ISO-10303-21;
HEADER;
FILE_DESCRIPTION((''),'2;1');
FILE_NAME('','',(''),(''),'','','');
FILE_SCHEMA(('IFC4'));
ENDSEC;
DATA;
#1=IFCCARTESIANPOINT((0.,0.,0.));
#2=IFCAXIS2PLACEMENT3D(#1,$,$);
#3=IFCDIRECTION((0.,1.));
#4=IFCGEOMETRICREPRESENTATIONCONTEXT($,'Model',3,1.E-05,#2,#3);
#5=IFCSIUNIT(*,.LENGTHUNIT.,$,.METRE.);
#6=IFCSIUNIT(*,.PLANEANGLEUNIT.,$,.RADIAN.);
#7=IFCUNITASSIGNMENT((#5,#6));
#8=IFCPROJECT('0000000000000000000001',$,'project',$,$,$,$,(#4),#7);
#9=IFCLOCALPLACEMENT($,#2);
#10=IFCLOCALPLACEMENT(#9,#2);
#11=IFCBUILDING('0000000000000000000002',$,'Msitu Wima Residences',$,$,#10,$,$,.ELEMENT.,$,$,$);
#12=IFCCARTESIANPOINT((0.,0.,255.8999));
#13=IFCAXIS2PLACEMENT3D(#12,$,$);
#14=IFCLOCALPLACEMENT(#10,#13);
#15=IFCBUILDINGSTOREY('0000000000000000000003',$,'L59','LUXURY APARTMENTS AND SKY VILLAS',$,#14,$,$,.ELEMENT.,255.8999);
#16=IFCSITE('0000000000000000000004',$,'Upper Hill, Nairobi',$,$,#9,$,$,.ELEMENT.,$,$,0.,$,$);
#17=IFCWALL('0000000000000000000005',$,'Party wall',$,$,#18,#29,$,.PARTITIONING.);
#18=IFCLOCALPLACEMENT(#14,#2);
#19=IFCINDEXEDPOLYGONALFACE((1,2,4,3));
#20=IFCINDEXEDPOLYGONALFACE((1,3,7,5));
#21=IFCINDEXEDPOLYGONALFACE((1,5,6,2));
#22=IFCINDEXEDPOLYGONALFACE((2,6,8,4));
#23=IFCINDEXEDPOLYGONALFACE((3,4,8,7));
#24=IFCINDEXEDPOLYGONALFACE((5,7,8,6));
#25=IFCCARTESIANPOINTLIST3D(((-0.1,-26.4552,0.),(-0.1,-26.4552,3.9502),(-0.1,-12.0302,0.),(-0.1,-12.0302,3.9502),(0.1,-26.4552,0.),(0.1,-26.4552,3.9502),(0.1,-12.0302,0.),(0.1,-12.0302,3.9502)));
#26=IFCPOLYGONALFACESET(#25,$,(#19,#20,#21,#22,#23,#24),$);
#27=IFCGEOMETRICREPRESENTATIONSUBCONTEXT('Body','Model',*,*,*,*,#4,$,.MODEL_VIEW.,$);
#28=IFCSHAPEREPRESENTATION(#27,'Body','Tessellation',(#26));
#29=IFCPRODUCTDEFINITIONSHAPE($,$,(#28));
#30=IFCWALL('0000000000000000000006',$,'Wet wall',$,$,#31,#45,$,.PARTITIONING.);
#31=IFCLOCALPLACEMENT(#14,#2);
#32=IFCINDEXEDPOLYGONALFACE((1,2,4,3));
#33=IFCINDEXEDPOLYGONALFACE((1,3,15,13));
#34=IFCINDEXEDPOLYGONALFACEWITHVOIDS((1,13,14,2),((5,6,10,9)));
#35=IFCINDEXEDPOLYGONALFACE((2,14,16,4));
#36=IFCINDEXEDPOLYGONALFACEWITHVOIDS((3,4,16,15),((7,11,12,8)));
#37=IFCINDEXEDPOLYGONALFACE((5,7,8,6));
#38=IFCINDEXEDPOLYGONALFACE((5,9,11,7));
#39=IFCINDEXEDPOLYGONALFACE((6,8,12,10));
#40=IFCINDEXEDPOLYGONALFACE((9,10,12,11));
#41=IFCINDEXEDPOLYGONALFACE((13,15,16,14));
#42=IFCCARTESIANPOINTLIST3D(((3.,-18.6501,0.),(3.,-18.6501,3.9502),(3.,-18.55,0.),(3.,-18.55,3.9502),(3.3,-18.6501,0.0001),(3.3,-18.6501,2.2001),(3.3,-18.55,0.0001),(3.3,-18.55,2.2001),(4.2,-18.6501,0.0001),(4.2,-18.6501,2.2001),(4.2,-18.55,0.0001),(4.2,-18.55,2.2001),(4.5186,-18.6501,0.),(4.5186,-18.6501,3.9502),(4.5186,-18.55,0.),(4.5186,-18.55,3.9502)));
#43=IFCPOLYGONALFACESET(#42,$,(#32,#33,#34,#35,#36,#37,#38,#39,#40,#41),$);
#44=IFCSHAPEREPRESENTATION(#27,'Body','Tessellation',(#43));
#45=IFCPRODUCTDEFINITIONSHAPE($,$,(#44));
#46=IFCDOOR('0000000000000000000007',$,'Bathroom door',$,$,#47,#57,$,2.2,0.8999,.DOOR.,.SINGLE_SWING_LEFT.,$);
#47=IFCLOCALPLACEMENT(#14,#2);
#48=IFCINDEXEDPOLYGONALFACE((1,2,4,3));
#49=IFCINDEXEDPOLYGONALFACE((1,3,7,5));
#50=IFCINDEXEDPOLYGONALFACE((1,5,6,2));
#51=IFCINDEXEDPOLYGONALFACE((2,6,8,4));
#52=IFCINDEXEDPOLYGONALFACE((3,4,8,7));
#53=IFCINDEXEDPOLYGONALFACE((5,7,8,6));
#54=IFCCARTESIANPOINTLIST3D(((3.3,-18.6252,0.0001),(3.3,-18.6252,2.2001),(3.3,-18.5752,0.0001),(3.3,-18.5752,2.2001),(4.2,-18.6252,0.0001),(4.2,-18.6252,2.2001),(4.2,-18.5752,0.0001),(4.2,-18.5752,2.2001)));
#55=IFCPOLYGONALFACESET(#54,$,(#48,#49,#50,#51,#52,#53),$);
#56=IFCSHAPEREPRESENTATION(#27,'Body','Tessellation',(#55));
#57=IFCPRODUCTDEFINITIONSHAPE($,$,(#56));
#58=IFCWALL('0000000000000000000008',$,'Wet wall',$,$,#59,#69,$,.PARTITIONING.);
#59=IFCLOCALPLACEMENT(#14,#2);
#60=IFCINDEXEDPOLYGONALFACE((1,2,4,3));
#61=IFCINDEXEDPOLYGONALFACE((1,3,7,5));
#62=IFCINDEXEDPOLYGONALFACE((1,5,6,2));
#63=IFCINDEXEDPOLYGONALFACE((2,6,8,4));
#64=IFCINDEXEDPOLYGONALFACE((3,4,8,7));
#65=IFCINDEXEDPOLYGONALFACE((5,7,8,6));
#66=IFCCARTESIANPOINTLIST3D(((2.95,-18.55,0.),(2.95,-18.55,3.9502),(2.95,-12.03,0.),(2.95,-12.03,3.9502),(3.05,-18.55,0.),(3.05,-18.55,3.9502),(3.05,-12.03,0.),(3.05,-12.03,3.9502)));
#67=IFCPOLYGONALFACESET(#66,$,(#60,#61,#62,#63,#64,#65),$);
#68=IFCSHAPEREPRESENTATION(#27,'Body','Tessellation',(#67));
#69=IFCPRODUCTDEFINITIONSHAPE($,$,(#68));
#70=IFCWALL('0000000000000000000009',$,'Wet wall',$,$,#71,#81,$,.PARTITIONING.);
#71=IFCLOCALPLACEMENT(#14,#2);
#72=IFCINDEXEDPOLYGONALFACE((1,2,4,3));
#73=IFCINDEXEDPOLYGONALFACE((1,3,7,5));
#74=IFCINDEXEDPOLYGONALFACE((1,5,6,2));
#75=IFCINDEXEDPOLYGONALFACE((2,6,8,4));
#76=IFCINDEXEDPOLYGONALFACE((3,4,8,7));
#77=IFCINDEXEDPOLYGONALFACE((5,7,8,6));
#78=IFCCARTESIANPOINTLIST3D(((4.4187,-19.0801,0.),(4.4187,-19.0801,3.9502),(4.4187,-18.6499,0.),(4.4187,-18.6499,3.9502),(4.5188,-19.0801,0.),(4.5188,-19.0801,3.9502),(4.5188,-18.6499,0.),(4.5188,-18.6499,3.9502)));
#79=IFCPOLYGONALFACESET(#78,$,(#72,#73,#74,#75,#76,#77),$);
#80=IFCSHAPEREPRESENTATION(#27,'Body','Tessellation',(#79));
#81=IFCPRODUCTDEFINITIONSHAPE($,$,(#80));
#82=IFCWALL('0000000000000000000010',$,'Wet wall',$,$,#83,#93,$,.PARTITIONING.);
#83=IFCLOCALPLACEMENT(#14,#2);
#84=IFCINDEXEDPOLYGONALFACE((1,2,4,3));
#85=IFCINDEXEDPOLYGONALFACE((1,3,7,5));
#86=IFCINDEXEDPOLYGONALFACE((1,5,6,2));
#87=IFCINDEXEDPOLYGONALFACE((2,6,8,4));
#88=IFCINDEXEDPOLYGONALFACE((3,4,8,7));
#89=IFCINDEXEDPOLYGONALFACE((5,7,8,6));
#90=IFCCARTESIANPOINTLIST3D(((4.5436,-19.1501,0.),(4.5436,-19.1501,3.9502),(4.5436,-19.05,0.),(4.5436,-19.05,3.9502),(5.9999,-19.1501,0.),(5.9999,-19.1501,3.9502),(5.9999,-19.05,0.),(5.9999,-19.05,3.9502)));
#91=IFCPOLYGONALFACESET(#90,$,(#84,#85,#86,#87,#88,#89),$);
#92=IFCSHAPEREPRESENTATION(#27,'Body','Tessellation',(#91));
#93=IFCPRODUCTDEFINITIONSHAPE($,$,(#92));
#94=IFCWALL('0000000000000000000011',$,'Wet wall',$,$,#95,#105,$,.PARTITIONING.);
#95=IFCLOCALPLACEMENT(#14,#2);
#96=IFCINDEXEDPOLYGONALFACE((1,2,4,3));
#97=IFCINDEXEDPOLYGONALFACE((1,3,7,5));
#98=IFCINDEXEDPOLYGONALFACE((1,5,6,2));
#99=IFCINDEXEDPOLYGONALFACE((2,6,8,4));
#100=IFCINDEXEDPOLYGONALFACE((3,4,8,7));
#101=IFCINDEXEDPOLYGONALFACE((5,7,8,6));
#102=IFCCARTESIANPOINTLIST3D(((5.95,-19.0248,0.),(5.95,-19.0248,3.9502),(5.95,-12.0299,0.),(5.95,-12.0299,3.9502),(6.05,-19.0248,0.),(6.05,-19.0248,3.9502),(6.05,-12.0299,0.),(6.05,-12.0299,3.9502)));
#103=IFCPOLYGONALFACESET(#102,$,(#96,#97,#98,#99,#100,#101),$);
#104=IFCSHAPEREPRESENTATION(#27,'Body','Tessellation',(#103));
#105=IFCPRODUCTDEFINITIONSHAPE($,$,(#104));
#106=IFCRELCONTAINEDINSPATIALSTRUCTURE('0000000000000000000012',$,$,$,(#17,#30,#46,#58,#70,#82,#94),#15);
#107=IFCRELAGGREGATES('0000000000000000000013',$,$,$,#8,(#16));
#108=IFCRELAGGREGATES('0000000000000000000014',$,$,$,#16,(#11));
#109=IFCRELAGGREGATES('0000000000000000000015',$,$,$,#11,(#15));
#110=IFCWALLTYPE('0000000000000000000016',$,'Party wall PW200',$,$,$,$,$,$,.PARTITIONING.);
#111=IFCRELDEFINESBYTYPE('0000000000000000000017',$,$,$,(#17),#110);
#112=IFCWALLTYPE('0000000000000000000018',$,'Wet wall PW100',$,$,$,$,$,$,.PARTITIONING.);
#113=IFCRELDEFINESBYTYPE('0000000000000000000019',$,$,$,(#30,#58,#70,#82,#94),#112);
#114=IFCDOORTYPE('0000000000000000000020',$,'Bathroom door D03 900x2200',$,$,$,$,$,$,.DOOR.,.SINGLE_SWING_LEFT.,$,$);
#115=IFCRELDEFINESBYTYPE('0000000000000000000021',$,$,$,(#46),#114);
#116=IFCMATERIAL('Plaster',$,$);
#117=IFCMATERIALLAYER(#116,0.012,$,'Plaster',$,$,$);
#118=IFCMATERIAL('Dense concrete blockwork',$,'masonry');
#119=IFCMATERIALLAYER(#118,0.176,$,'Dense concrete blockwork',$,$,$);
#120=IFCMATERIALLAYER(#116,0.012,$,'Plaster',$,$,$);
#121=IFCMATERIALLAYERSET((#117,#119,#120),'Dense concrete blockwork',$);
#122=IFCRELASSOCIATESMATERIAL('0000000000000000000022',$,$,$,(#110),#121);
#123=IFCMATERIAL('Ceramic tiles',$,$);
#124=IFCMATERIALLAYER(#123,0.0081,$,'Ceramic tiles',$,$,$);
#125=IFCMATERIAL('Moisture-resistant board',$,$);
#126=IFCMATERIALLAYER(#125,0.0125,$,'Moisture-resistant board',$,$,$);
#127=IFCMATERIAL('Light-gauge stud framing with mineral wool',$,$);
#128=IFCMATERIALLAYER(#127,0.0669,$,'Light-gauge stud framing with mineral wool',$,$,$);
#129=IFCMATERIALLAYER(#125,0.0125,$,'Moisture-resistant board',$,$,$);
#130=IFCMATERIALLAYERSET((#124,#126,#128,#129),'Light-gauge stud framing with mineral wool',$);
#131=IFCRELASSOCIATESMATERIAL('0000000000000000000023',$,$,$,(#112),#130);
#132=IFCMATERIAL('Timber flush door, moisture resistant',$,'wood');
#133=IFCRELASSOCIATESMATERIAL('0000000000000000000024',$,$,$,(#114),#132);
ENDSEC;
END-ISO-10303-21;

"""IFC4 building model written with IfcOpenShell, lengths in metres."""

from ifc_helpers import new_model, si_unit, direction, frame, frame_2d, origin, place, context, subcontext, project, spatial, rectangle, extrude, material, layer, layer_set, type_object, element, fill, save


model = new_model("IFC4")

# Units and contexts
model_context = context("Model", 3, precision=1e-05, world=origin(), true_north=direction((0.0, 1.0)))
body_context = subcontext(model_context, "Body", "Model", "MODEL_VIEW")
ifc_project = project(units=[si_unit("LENGTHUNIT", "METRE"), si_unit("PLANEANGLEUNIT", "RADIAN")], contexts=[model_context])

# Site, building, storey
site_placement = place(None, origin())
site = spatial("IfcSite", under=ifc_project, at=site_placement, Name="Upper Hill, Nairobi", CompositionType="ELEMENT", RefElevation=0.0)
building_placement = place(site_placement, origin())
building = spatial("IfcBuilding", under=site, at=building_placement, Name="Msitu Wima Residences", CompositionType="ELEMENT")
storey_placement = place(building_placement, frame((0.0, 0.0, 255.8999)))
storey = spatial("IfcBuildingStorey", under=building, at=storey_placement, Name="L59", Description="LUXURY APARTMENTS AND SKY VILLAS", CompositionType="ELEMENT", Elevation=255.8999)

# Shared definitions
ifc_material_1 = material(Name="Plaster")

# Wall
ifc_layer_1 = layer(ifc_material_1, 0.012, Name="Plaster")
ifc_material_2 = material(Name="Dense concrete blockwork", Category="masonry")
ifc_layer_2 = layer(ifc_material_2, 0.176, Name="Dense concrete blockwork")
ifc_layer_3 = layer(ifc_material_1, 0.012, Name="Plaster")
ifc_layer_set_1 = layer_set([ifc_layer_1, ifc_layer_2, ifc_layer_3], Name="Dense concrete blockwork")
wall_type_1 = type_object("IfcWallType", Name="Party wall PW200", PredefinedType="PARTITIONING", material=ifc_layer_set_1)
wall_1_placement = place(storey_placement, frame((0.0, -26.4551, 0.0), z_axis=(0.0, 0.0, 1.0), x_axis=(0.0, 1.0, 0.0)))
element("IfcWall", 1, at=wall_1_placement, inside=storey, type_object=wall_type_1, Name="Party wall", PredefinedType="PARTITIONING", context=body_context, shape_type="SweptSolid", body=[
    extrude(rectangle(XDim=14.425, YDim=0.2, at=frame_2d((7.2124, 0.0))), origin(), (0.0, 0.0, 1.0), 3.9502),
])

# Wall, opening, door
ifc_material_3 = material(Name="Ceramic tiles")
ifc_layer_4 = layer(ifc_material_3, 0.0081, Name="Ceramic tiles")
ifc_material_4 = material(Name="Moisture-resistant board")
ifc_layer_5 = layer(ifc_material_4, 0.0125, Name="Moisture-resistant board")
ifc_material_5 = material(Name="Light-gauge stud framing with mineral wool")
ifc_layer_6 = layer(ifc_material_5, 0.0669, Name="Light-gauge stud framing with mineral wool")
ifc_layer_7 = layer(ifc_material_4, 0.0125, Name="Moisture-resistant board")
ifc_layer_set_2 = layer_set([ifc_layer_4, ifc_layer_5, ifc_layer_6, ifc_layer_7], Name="Light-gauge stud framing with mineral wool")
wall_type_2 = type_object("IfcWallType", Name="Wet wall PW100", PredefinedType="PARTITIONING", material=ifc_layer_set_2)
wall_2_placement = place(storey_placement, frame((3.0, -18.6001, 0.0), z_axis=(0.0, 0.0, 1.0), x_axis=(1.0, 0.0, 0.0)))
wall_2 = element("IfcWall", 2, at=wall_2_placement, inside=storey, type_object=wall_type_2, Name="Wet wall", PredefinedType="PARTITIONING", context=body_context, shape_type="SweptSolid", body=[
    extrude(rectangle(XDim=1.5186, YDim=0.1001, at=frame_2d((0.7593, 0.0))), origin(), (0.0, 0.0, 1.0), 3.9502),
])
opening_1_placement = place(wall_2_placement, frame((0.3, 0.0, 0.0)))
opening_1 = element("IfcOpeningElement", 3, at=opening_1_placement, cuts=wall_2, PredefinedType="OPENING", context=body_context, shape_type="SweptSolid", body=[
    extrude(rectangle(XDim=0.8999, YDim=2.2, at=frame_2d((0.45, 1.1001))), frame((0.0, 0.0601, 0.0), z_axis=(0.0, -1.0, 0.0), x_axis=(1.0, 0.0, 0.0)), (0.0, 0.0, 1.0), 0.1201),
])
ifc_material_6 = material(Name="Timber flush door, moisture resistant", Category="wood")
door_type_1 = type_object("IfcDoorType", Name="Bathroom door D03 900x2200", OperationType="SINGLE_SWING_LEFT", PredefinedType="DOOR", material=ifc_material_6)
door_1_placement = place(opening_1_placement, origin())
door_1 = element("IfcDoor", 4, at=door_1_placement, inside=storey, type_object=door_type_1, Name="Bathroom door", OperationType="SINGLE_SWING_LEFT", OverallHeight=2.2, OverallWidth=0.8999, PredefinedType="DOOR", context=body_context, shape_type="SweptSolid", body=[
    extrude(rectangle(XDim=0.8999, YDim=2.2, at=frame_2d((0.45, 1.1001))), frame((0.0, 0.0249, 0.0), z_axis=(0.0, -1.0, 0.0), x_axis=(1.0, 0.0, 0.0)), (0.0, 0.0, 1.0), 0.05),
])
fill(opening_1, door_1)

# Walls
wall_3_placement = place(storey_placement, frame((3.0, -18.55, 0.0), z_axis=(0.0, 0.0, 1.0), x_axis=(0.0, 1.0, 0.0)))
element("IfcWall", 5, at=wall_3_placement, inside=storey, type_object=wall_type_2, Name="Wet wall", PredefinedType="PARTITIONING", context=body_context, shape_type="SweptSolid", body=[
    extrude(rectangle(XDim=6.52, YDim=0.1001, at=frame_2d((3.26, 0.0))), origin(), (0.0, 0.0, 1.0), 3.9502),
])
wall_4_placement = place(storey_placement, frame((4.4688, -19.0801, 0.0), z_axis=(0.0, 0.0, 1.0), x_axis=(0.0, 1.0, 0.0)))
element("IfcWall", 6, at=wall_4_placement, inside=storey, type_object=wall_type_2, Name="Wet wall", PredefinedType="PARTITIONING", context=body_context, shape_type="SweptSolid", body=[
    extrude(rectangle(XDim=0.4302, YDim=0.1001, at=frame_2d((0.2151, 0.0))), origin(), (0.0, 0.0, 1.0), 3.9502),
])
wall_5_placement = place(storey_placement, frame((4.5437, -19.1001, 0.0), z_axis=(0.0, 0.0, 1.0), x_axis=(1.0, 0.0, 0.0)))
element("IfcWall", 7, at=wall_5_placement, inside=storey, type_object=wall_type_2, Name="Wet wall", PredefinedType="PARTITIONING", context=body_context, shape_type="SweptSolid", body=[
    extrude(rectangle(XDim=1.4563, YDim=0.1001, at=frame_2d((0.728, 0.0))), origin(), (0.0, 0.0, 1.0), 3.9502),
])
wall_6_placement = place(storey_placement, frame((6.0, -19.0249, 0.0), z_axis=(0.0, 0.0, 1.0), x_axis=(0.0, 1.0, 0.0)))
element("IfcWall", 8, at=wall_6_placement, inside=storey, type_object=wall_type_2, Name="Wet wall", PredefinedType="PARTITIONING", context=body_context, shape_type="SweptSolid", body=[
    extrude(rectangle(XDim=6.9949, YDim=0.1001, at=frame_2d((3.4976, 0.0))), origin(), (0.0, 0.0, 1.0), 3.9502),
])

save(model, "model.ifc")
